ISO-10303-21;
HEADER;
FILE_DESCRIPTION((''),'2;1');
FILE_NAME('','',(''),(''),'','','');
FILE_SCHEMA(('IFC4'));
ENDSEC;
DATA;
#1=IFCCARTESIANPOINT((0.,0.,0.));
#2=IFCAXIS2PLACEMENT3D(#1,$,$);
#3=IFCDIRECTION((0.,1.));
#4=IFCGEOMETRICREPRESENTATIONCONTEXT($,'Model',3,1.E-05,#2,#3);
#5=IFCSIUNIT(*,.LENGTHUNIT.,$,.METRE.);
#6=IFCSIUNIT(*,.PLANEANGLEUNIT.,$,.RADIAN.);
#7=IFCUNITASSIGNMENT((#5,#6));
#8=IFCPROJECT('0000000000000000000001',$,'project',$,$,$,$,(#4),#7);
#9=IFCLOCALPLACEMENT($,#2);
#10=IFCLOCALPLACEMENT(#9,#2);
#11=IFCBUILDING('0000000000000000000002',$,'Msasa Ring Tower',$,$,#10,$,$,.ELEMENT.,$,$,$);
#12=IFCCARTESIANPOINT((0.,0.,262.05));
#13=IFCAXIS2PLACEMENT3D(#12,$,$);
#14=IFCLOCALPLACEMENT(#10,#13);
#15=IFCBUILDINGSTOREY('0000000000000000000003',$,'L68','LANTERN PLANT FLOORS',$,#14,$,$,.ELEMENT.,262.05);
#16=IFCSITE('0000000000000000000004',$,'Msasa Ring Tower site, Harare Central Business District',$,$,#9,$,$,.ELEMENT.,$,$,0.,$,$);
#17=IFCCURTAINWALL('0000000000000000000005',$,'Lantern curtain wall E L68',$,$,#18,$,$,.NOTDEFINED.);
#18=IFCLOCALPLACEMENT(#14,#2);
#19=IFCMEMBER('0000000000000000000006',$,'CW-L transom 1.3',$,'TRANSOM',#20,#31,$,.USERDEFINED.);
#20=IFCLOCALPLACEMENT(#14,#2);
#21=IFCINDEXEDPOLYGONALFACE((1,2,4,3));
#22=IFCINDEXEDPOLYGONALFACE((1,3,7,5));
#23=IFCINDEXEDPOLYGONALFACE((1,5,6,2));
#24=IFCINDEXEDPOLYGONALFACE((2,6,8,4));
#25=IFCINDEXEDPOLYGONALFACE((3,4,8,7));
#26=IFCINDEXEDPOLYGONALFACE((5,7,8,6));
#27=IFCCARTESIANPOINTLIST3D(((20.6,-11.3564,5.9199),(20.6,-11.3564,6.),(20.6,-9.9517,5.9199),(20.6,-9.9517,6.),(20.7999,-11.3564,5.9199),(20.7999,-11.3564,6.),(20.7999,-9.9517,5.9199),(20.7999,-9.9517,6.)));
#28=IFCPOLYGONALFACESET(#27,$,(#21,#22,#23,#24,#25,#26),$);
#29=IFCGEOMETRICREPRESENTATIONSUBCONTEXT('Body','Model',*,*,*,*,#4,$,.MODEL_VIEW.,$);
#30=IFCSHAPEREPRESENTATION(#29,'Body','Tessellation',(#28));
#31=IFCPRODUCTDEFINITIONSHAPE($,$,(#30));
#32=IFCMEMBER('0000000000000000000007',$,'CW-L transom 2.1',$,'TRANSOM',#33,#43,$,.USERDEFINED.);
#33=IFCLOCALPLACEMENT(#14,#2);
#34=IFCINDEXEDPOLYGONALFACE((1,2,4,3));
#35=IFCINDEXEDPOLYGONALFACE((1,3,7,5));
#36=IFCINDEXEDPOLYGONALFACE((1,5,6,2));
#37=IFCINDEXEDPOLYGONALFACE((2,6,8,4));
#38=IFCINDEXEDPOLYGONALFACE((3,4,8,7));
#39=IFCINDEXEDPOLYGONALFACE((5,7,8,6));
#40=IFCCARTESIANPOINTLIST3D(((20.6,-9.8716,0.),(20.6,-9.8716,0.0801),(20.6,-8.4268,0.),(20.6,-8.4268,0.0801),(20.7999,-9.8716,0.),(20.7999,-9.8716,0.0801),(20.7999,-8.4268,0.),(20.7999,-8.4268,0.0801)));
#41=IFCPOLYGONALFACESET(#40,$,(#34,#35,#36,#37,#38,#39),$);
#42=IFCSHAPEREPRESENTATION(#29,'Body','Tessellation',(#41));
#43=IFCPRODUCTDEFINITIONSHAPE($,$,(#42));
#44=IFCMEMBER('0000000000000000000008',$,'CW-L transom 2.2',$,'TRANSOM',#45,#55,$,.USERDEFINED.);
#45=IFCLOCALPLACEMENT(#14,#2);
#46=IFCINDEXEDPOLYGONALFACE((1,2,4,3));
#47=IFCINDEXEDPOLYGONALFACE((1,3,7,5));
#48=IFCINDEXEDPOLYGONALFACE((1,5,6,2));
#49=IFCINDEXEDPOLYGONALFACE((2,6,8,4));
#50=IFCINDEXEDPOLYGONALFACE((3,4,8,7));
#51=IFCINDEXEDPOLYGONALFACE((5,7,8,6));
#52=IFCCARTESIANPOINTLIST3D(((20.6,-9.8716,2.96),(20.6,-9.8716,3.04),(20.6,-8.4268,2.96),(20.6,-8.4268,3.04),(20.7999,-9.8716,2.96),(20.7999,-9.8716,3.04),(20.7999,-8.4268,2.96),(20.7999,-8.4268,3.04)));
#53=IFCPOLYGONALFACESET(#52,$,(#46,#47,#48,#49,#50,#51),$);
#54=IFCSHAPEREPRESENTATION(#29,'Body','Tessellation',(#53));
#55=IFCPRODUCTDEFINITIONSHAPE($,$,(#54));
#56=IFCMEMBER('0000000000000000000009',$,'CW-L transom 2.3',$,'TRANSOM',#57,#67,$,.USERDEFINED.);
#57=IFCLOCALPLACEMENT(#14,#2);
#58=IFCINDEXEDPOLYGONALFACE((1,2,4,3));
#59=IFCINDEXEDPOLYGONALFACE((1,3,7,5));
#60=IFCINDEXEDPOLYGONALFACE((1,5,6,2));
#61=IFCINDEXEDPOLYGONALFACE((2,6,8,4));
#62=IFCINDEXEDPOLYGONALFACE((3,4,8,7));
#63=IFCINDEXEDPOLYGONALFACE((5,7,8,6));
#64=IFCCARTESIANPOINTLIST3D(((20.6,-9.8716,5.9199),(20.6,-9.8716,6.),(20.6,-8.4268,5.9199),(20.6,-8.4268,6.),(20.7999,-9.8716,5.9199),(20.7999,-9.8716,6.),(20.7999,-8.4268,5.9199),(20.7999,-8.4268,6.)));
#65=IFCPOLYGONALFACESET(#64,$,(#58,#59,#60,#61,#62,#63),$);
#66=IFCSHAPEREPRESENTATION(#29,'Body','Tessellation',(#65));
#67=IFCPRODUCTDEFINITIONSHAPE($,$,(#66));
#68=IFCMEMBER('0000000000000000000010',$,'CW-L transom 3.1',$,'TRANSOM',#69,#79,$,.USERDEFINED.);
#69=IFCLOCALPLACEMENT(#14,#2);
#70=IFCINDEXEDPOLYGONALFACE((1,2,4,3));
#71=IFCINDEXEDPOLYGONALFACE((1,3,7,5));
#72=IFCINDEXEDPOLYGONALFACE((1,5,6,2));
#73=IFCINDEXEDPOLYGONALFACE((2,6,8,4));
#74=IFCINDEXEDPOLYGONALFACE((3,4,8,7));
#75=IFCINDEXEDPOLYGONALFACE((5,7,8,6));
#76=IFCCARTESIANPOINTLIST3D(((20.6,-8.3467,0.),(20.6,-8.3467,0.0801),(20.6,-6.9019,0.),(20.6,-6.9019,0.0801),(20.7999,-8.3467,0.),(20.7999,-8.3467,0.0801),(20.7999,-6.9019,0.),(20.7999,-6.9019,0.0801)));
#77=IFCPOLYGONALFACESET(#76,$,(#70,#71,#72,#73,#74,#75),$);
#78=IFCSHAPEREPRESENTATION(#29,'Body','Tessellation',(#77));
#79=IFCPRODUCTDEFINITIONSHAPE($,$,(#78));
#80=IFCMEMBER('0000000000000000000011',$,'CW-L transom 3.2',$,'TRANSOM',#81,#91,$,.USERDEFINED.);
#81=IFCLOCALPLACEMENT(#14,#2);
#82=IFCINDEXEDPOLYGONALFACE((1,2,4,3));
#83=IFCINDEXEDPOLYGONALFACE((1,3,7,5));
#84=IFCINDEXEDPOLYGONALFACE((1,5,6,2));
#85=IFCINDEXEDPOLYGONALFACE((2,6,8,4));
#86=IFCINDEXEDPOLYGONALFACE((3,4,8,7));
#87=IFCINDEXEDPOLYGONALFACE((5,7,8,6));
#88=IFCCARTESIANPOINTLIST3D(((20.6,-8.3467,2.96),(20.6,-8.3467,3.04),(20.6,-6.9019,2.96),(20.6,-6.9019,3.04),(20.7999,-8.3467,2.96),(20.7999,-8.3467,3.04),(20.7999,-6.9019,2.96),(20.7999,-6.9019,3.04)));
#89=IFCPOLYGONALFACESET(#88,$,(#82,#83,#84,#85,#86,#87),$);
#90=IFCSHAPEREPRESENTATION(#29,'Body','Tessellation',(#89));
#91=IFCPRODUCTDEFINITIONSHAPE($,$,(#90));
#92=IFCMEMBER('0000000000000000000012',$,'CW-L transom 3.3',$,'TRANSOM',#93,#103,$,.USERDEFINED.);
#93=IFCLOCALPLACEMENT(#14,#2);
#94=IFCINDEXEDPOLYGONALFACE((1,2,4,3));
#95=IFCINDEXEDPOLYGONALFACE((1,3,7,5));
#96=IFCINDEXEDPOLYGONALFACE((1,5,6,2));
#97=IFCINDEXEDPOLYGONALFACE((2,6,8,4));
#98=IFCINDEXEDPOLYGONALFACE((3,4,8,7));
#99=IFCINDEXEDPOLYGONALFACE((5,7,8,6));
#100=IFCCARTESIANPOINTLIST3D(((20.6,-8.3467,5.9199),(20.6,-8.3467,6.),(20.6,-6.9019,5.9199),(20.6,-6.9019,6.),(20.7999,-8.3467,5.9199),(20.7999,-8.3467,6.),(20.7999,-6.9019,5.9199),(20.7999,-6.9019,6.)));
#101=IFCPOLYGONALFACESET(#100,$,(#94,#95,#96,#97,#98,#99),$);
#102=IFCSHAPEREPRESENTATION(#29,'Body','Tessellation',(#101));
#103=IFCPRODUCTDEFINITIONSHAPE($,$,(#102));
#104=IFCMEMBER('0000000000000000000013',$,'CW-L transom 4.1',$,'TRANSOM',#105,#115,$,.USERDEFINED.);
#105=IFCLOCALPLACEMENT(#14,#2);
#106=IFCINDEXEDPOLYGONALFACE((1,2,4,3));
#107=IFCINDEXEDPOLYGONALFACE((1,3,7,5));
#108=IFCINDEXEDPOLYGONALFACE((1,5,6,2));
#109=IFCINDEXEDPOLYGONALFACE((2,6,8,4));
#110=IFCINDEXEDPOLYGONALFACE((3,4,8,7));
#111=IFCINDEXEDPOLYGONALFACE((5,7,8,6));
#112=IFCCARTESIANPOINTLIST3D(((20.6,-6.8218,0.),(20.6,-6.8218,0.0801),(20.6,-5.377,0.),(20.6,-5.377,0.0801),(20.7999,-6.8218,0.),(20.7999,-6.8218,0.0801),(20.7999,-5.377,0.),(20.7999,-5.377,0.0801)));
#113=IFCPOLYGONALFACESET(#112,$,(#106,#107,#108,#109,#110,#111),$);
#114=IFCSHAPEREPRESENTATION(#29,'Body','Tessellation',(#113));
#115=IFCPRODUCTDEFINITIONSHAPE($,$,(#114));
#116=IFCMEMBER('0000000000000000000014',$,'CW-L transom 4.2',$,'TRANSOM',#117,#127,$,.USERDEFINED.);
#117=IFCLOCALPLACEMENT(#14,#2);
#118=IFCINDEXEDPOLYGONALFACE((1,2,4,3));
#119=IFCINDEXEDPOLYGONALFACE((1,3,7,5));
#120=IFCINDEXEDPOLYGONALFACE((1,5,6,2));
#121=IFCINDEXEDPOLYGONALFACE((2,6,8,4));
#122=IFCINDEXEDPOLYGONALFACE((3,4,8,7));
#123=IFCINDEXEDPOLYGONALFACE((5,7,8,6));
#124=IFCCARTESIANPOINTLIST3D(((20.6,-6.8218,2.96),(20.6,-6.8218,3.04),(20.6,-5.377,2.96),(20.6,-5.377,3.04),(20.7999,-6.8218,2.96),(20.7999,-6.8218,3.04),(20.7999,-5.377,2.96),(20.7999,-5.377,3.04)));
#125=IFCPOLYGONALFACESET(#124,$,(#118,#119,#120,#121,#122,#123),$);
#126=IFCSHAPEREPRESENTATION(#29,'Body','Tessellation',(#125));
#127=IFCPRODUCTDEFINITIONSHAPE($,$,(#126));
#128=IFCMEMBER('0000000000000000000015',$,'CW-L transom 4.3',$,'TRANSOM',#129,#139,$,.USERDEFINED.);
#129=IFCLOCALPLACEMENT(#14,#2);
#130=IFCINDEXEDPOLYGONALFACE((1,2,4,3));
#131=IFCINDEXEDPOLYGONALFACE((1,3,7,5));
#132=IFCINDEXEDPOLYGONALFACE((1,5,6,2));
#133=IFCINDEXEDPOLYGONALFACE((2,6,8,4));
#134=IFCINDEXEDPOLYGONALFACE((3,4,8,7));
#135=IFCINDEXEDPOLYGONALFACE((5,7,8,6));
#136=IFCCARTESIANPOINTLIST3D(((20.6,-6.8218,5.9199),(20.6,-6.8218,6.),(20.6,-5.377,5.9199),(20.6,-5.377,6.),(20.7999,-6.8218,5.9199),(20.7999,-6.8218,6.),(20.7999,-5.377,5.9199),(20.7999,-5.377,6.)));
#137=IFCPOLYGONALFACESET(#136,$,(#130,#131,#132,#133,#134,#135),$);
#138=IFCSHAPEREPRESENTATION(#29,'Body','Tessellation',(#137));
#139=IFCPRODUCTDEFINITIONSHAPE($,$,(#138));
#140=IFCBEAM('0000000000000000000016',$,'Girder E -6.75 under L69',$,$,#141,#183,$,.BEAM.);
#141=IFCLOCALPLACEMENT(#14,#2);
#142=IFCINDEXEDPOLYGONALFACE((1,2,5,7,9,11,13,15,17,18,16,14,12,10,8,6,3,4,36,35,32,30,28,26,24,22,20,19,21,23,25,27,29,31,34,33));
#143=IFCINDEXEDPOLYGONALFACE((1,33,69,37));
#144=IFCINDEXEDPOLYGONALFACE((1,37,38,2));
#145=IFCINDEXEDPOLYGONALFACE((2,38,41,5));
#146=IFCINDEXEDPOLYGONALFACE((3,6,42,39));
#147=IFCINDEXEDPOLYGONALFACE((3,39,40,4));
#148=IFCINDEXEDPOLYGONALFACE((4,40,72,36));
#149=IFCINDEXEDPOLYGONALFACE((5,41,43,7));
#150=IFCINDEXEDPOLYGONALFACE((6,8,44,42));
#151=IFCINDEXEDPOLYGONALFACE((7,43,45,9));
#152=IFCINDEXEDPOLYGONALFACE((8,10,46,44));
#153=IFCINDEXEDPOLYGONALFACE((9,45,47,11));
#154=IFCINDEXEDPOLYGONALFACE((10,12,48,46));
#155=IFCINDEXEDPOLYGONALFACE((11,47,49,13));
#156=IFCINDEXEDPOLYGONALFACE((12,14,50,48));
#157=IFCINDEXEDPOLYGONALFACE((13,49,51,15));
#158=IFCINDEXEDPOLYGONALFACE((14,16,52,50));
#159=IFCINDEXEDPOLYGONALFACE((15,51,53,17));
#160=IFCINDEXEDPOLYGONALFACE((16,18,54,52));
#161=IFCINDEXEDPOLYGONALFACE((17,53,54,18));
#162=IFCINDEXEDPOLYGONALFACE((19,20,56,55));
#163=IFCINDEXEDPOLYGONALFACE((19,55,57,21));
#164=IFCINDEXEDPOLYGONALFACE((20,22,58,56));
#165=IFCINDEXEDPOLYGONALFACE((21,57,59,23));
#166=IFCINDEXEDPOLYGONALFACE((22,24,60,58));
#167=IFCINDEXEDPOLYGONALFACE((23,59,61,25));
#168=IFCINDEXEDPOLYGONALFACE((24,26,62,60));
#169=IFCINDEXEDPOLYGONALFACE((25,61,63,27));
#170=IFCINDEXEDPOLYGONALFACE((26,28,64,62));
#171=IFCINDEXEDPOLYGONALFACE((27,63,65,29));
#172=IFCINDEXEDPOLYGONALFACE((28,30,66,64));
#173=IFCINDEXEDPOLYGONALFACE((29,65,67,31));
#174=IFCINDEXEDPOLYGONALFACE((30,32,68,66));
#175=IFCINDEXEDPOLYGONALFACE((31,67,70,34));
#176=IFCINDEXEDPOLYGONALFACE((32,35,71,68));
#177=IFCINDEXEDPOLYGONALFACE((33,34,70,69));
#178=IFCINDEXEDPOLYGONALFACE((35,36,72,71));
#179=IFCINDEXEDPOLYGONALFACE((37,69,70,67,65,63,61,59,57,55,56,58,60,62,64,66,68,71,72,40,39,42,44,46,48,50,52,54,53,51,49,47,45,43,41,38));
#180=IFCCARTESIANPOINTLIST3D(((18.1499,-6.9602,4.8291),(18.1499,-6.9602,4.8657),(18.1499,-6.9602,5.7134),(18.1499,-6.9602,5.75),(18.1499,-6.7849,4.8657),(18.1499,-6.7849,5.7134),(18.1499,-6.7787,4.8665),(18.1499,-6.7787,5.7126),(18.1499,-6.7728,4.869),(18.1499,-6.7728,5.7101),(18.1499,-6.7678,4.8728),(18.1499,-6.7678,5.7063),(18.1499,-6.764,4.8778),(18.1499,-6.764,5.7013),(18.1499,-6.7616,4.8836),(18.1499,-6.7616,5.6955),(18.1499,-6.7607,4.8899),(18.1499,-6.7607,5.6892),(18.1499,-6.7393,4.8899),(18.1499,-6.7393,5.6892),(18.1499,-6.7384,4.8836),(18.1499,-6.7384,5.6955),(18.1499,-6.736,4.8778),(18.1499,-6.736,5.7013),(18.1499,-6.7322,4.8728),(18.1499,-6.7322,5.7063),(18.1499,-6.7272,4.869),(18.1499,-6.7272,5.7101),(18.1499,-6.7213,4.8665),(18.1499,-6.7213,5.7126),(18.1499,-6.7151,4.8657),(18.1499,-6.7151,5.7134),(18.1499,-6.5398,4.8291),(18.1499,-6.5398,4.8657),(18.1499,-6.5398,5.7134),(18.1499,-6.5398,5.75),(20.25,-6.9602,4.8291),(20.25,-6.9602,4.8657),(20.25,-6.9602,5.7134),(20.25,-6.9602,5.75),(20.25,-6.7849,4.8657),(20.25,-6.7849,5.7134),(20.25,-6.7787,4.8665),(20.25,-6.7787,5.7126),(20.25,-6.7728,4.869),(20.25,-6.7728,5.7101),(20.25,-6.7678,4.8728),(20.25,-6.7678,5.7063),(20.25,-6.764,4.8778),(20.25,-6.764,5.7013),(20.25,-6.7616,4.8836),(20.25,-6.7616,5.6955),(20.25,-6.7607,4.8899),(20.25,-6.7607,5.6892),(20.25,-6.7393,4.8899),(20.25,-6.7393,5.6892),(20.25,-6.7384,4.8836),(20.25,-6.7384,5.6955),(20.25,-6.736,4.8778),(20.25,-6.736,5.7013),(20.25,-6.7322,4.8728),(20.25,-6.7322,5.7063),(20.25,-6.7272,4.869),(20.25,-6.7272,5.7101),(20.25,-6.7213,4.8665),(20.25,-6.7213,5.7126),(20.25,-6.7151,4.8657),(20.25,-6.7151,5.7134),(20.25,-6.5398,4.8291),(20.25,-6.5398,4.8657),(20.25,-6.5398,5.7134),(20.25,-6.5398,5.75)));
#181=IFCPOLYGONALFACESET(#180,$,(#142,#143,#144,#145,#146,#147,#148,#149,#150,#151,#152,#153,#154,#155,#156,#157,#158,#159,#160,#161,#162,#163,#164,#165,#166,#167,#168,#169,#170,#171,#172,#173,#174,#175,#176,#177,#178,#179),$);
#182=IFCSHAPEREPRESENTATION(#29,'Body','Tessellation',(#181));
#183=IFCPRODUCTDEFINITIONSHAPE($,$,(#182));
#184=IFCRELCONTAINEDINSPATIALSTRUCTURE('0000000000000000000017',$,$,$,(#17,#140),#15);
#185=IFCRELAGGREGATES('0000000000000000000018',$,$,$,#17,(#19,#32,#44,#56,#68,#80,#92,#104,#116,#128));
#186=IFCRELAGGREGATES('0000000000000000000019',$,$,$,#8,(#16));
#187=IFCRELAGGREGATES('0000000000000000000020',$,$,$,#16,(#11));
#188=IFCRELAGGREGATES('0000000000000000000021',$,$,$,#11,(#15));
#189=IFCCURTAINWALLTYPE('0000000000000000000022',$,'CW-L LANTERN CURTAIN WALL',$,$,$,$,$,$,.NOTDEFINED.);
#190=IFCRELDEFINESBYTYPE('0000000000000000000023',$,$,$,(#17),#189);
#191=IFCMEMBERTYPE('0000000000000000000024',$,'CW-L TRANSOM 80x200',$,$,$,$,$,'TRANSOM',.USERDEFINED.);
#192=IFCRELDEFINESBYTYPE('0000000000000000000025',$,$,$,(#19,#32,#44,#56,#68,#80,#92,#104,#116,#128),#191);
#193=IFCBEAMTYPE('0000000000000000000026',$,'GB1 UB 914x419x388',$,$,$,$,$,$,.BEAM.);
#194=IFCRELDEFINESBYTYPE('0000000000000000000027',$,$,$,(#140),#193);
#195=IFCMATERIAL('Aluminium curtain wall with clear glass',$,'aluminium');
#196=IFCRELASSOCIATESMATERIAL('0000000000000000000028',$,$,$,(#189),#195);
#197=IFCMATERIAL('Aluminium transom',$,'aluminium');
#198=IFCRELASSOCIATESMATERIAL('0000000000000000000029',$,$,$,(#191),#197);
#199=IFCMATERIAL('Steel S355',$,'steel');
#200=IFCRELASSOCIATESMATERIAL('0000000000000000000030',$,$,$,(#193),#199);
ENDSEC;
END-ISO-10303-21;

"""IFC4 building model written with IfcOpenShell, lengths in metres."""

from ifc_helpers import new_model, si_unit, direction, frame, origin, origin_2d, place, context, subcontext, project, spatial, rectangle, i_section, extrude, material, material_profile, profile_set, type_object, element, aggregate, save


model = new_model("IFC4")

# Units and contexts
model_context = context("Model", 3, precision=1e-05, world=origin(), true_north=direction((0.0, 1.0)))
body_context = subcontext(model_context, "Body", "Model", "MODEL_VIEW")
ifc_project = project(units=[si_unit("LENGTHUNIT", "METRE"), si_unit("PLANEANGLEUNIT", "RADIAN")], contexts=[model_context])

# Site, building, storey
site_placement = place(None, origin())
site = spatial("IfcSite", under=ifc_project, at=site_placement, Name="Msasa Ring Tower site, Harare Central Business District", CompositionType="ELEMENT", RefElevation=0.0)
building_placement = place(site_placement, origin())
building = spatial("IfcBuilding", under=site, at=building_placement, Name="Msasa Ring Tower", CompositionType="ELEMENT")
storey_placement = place(building_placement, frame((0.0, 0.0, 262.05)))
storey = spatial("IfcBuildingStorey", under=building, at=storey_placement, Name="L68", Description="LANTERN PLANT FLOORS", CompositionType="ELEMENT", Elevation=262.05)

# Shared definitions
ifc_material_1 = material(Name="Aluminium curtain wall with clear glass", Category="aluminium")
curtain_wall_type = type_object("IfcCurtainWallType", Name="CW-L LANTERN CURTAIN WALL", PredefinedType="NOTDEFINED", material=ifc_material_1)

# Curtain wall
curtain_wall_1_placement = place(storey_placement, origin())
curtain_wall_1 = element("IfcCurtainWall", 1, at=curtain_wall_1_placement, inside=storey, type_object=curtain_wall_type, Name="Lantern curtain wall E L68", PredefinedType="NOTDEFINED")

# Members
ifc_material_2 = material(Name="Aluminium transom", Category="aluminium")
ifc_material_profile_1 = material_profile(ifc_material_2, rectangle(XDim=0.2, YDim=0.0801, at=origin_2d()), Name="AL 80x200")
ifc_profile_set_1 = profile_set([ifc_material_profile_1], Name="Aluminium transom")
member_type_1 = type_object("IfcMemberType", Name="CW-L TRANSOM 80x200", ElementType="TRANSOM", PredefinedType="USERDEFINED", material=ifc_profile_set_1)
member_1_placement = place(storey_placement, frame((20.7, -11.3564, 5.96), z_axis=(0.0, 1.0, 0.0), x_axis=(-1.0, 0.0, 0.0)))
member_1 = element("IfcMember", 2, at=member_1_placement, type_object=member_type_1, Name="CW-L transom 1.3", ObjectType="TRANSOM", PredefinedType="USERDEFINED", context=body_context, shape_type="SweptSolid", body=[
    extrude(rectangle(XDim=0.2, YDim=0.0801, at=origin_2d()), origin(), (0.0, 0.0, 1.0), 1.4048),
])
member_2_placement = place(storey_placement, frame((20.7, -9.8716, 0.04), z_axis=(0.0, 1.0, 0.0), x_axis=(-1.0, 0.0, 0.0)))
member_2 = element("IfcMember", 3, at=member_2_placement, type_object=member_type_1, Name="CW-L transom 2.1", ObjectType="TRANSOM", PredefinedType="USERDEFINED", context=body_context, shape_type="SweptSolid", body=[
    extrude(rectangle(XDim=0.2, YDim=0.0801, at=origin_2d()), origin(), (0.0, 0.0, 1.0), 1.4448),
])
member_3_placement = place(storey_placement, frame((20.7, -9.8716, 3.0), z_axis=(0.0, 1.0, 0.0), x_axis=(-1.0, 0.0, 0.0)))
member_3 = element("IfcMember", 4, at=member_3_placement, type_object=member_type_1, Name="CW-L transom 2.2", ObjectType="TRANSOM", PredefinedType="USERDEFINED", context=body_context, shape_type="SweptSolid", body=[
    extrude(rectangle(XDim=0.2, YDim=0.0801, at=origin_2d()), origin(), (0.0, 0.0, 1.0), 1.4448),
])
member_4_placement = place(storey_placement, frame((20.7, -9.8716, 5.96), z_axis=(0.0, 1.0, 0.0), x_axis=(-1.0, 0.0, 0.0)))
member_4 = element("IfcMember", 5, at=member_4_placement, type_object=member_type_1, Name="CW-L transom 2.3", ObjectType="TRANSOM", PredefinedType="USERDEFINED", context=body_context, shape_type="SweptSolid", body=[
    extrude(rectangle(XDim=0.2, YDim=0.0801, at=origin_2d()), origin(), (0.0, 0.0, 1.0), 1.4448),
])
member_5_placement = place(storey_placement, frame((20.7, -8.3467, 0.04), z_axis=(0.0, 1.0, 0.0), x_axis=(-1.0, 0.0, 0.0)))
member_5 = element("IfcMember", 6, at=member_5_placement, type_object=member_type_1, Name="CW-L transom 3.1", ObjectType="TRANSOM", PredefinedType="USERDEFINED", context=body_context, shape_type="SweptSolid", body=[
    extrude(rectangle(XDim=0.2, YDim=0.0801, at=origin_2d()), origin(), (0.0, 0.0, 1.0), 1.4448),
])
member_6_placement = place(storey_placement, frame((20.7, -8.3467, 3.0), z_axis=(0.0, 1.0, 0.0), x_axis=(-1.0, 0.0, 0.0)))
member_6 = element("IfcMember", 7, at=member_6_placement, type_object=member_type_1, Name="CW-L transom 3.2", ObjectType="TRANSOM", PredefinedType="USERDEFINED", context=body_context, shape_type="SweptSolid", body=[
    extrude(rectangle(XDim=0.2, YDim=0.0801, at=origin_2d()), origin(), (0.0, 0.0, 1.0), 1.4448),
])
member_7_placement = place(storey_placement, frame((20.7, -8.3467, 5.96), z_axis=(0.0, 1.0, 0.0), x_axis=(-1.0, 0.0, 0.0)))
member_7 = element("IfcMember", 8, at=member_7_placement, type_object=member_type_1, Name="CW-L transom 3.3", ObjectType="TRANSOM", PredefinedType="USERDEFINED", context=body_context, shape_type="SweptSolid", body=[
    extrude(rectangle(XDim=0.2, YDim=0.0801, at=origin_2d()), origin(), (0.0, 0.0, 1.0), 1.4448),
])
member_8_placement = place(storey_placement, frame((20.7, -6.8218, 0.04), z_axis=(0.0, 1.0, 0.0), x_axis=(-1.0, 0.0, 0.0)))
member_8 = element("IfcMember", 9, at=member_8_placement, type_object=member_type_1, Name="CW-L transom 4.1", ObjectType="TRANSOM", PredefinedType="USERDEFINED", context=body_context, shape_type="SweptSolid", body=[
    extrude(rectangle(XDim=0.2, YDim=0.0801, at=origin_2d()), origin(), (0.0, 0.0, 1.0), 1.4448),
])
member_9_placement = place(storey_placement, frame((20.7, -6.8218, 3.0), z_axis=(0.0, 1.0, 0.0), x_axis=(-1.0, 0.0, 0.0)))
member_9 = element("IfcMember", 10, at=member_9_placement, type_object=member_type_1, Name="CW-L transom 4.2", ObjectType="TRANSOM", PredefinedType="USERDEFINED", context=body_context, shape_type="SweptSolid", body=[
    extrude(rectangle(XDim=0.2, YDim=0.0801, at=origin_2d()), origin(), (0.0, 0.0, 1.0), 1.4448),
])
member_10_placement = place(storey_placement, frame((20.7, -6.8218, 5.96), z_axis=(0.0, 1.0, 0.0), x_axis=(-1.0, 0.0, 0.0)))
member_10 = element("IfcMember", 11, at=member_10_placement, type_object=member_type_1, Name="CW-L transom 4.3", ObjectType="TRANSOM", PredefinedType="USERDEFINED", context=body_context, shape_type="SweptSolid", body=[
    extrude(rectangle(XDim=0.2, YDim=0.0801, at=origin_2d()), origin(), (0.0, 0.0, 1.0), 1.4448),
])

# Beam
ifc_material_3 = material(Name="Steel S355", Category="steel")
ifc_material_profile_2 = material_profile(ifc_material_3, i_section(OverallWidth=0.4204, OverallDepth=0.9209, WebThickness=0.0215, FlangeThickness=0.0366, FilletRadius=0.0242, at=origin_2d()), Name="UB 914x419x388")
ifc_profile_set_2 = profile_set([ifc_material_profile_2], Name="Steel S355")
beam_type_1 = type_object("IfcBeamType", Name="GB1 UB 914x419x388", PredefinedType="BEAM", material=ifc_profile_set_2)
beam_1_placement = place(storey_placement, frame((18.1499, -6.75, 5.2896), z_axis=(1.0, 0.0, 0.0), x_axis=(0.0, 1.0, 0.0)))
element("IfcBeam", 12, at=beam_1_placement, inside=storey, type_object=beam_type_1, Name="Girder E -6.75 under L69", PredefinedType="BEAM", context=body_context, shape_type="SweptSolid", body=[
    extrude(i_section(OverallWidth=0.4204, OverallDepth=0.9209, WebThickness=0.0215, FlangeThickness=0.0366, FilletRadius=0.0242, at=origin_2d()), origin(), (0.0, 0.0, 1.0), 2.1001),
])

aggregate(curtain_wall_1, [member_1, member_2, member_3, member_4, member_5, member_6, member_7, member_8, member_9, member_10])

save(model, "model.ifc")
